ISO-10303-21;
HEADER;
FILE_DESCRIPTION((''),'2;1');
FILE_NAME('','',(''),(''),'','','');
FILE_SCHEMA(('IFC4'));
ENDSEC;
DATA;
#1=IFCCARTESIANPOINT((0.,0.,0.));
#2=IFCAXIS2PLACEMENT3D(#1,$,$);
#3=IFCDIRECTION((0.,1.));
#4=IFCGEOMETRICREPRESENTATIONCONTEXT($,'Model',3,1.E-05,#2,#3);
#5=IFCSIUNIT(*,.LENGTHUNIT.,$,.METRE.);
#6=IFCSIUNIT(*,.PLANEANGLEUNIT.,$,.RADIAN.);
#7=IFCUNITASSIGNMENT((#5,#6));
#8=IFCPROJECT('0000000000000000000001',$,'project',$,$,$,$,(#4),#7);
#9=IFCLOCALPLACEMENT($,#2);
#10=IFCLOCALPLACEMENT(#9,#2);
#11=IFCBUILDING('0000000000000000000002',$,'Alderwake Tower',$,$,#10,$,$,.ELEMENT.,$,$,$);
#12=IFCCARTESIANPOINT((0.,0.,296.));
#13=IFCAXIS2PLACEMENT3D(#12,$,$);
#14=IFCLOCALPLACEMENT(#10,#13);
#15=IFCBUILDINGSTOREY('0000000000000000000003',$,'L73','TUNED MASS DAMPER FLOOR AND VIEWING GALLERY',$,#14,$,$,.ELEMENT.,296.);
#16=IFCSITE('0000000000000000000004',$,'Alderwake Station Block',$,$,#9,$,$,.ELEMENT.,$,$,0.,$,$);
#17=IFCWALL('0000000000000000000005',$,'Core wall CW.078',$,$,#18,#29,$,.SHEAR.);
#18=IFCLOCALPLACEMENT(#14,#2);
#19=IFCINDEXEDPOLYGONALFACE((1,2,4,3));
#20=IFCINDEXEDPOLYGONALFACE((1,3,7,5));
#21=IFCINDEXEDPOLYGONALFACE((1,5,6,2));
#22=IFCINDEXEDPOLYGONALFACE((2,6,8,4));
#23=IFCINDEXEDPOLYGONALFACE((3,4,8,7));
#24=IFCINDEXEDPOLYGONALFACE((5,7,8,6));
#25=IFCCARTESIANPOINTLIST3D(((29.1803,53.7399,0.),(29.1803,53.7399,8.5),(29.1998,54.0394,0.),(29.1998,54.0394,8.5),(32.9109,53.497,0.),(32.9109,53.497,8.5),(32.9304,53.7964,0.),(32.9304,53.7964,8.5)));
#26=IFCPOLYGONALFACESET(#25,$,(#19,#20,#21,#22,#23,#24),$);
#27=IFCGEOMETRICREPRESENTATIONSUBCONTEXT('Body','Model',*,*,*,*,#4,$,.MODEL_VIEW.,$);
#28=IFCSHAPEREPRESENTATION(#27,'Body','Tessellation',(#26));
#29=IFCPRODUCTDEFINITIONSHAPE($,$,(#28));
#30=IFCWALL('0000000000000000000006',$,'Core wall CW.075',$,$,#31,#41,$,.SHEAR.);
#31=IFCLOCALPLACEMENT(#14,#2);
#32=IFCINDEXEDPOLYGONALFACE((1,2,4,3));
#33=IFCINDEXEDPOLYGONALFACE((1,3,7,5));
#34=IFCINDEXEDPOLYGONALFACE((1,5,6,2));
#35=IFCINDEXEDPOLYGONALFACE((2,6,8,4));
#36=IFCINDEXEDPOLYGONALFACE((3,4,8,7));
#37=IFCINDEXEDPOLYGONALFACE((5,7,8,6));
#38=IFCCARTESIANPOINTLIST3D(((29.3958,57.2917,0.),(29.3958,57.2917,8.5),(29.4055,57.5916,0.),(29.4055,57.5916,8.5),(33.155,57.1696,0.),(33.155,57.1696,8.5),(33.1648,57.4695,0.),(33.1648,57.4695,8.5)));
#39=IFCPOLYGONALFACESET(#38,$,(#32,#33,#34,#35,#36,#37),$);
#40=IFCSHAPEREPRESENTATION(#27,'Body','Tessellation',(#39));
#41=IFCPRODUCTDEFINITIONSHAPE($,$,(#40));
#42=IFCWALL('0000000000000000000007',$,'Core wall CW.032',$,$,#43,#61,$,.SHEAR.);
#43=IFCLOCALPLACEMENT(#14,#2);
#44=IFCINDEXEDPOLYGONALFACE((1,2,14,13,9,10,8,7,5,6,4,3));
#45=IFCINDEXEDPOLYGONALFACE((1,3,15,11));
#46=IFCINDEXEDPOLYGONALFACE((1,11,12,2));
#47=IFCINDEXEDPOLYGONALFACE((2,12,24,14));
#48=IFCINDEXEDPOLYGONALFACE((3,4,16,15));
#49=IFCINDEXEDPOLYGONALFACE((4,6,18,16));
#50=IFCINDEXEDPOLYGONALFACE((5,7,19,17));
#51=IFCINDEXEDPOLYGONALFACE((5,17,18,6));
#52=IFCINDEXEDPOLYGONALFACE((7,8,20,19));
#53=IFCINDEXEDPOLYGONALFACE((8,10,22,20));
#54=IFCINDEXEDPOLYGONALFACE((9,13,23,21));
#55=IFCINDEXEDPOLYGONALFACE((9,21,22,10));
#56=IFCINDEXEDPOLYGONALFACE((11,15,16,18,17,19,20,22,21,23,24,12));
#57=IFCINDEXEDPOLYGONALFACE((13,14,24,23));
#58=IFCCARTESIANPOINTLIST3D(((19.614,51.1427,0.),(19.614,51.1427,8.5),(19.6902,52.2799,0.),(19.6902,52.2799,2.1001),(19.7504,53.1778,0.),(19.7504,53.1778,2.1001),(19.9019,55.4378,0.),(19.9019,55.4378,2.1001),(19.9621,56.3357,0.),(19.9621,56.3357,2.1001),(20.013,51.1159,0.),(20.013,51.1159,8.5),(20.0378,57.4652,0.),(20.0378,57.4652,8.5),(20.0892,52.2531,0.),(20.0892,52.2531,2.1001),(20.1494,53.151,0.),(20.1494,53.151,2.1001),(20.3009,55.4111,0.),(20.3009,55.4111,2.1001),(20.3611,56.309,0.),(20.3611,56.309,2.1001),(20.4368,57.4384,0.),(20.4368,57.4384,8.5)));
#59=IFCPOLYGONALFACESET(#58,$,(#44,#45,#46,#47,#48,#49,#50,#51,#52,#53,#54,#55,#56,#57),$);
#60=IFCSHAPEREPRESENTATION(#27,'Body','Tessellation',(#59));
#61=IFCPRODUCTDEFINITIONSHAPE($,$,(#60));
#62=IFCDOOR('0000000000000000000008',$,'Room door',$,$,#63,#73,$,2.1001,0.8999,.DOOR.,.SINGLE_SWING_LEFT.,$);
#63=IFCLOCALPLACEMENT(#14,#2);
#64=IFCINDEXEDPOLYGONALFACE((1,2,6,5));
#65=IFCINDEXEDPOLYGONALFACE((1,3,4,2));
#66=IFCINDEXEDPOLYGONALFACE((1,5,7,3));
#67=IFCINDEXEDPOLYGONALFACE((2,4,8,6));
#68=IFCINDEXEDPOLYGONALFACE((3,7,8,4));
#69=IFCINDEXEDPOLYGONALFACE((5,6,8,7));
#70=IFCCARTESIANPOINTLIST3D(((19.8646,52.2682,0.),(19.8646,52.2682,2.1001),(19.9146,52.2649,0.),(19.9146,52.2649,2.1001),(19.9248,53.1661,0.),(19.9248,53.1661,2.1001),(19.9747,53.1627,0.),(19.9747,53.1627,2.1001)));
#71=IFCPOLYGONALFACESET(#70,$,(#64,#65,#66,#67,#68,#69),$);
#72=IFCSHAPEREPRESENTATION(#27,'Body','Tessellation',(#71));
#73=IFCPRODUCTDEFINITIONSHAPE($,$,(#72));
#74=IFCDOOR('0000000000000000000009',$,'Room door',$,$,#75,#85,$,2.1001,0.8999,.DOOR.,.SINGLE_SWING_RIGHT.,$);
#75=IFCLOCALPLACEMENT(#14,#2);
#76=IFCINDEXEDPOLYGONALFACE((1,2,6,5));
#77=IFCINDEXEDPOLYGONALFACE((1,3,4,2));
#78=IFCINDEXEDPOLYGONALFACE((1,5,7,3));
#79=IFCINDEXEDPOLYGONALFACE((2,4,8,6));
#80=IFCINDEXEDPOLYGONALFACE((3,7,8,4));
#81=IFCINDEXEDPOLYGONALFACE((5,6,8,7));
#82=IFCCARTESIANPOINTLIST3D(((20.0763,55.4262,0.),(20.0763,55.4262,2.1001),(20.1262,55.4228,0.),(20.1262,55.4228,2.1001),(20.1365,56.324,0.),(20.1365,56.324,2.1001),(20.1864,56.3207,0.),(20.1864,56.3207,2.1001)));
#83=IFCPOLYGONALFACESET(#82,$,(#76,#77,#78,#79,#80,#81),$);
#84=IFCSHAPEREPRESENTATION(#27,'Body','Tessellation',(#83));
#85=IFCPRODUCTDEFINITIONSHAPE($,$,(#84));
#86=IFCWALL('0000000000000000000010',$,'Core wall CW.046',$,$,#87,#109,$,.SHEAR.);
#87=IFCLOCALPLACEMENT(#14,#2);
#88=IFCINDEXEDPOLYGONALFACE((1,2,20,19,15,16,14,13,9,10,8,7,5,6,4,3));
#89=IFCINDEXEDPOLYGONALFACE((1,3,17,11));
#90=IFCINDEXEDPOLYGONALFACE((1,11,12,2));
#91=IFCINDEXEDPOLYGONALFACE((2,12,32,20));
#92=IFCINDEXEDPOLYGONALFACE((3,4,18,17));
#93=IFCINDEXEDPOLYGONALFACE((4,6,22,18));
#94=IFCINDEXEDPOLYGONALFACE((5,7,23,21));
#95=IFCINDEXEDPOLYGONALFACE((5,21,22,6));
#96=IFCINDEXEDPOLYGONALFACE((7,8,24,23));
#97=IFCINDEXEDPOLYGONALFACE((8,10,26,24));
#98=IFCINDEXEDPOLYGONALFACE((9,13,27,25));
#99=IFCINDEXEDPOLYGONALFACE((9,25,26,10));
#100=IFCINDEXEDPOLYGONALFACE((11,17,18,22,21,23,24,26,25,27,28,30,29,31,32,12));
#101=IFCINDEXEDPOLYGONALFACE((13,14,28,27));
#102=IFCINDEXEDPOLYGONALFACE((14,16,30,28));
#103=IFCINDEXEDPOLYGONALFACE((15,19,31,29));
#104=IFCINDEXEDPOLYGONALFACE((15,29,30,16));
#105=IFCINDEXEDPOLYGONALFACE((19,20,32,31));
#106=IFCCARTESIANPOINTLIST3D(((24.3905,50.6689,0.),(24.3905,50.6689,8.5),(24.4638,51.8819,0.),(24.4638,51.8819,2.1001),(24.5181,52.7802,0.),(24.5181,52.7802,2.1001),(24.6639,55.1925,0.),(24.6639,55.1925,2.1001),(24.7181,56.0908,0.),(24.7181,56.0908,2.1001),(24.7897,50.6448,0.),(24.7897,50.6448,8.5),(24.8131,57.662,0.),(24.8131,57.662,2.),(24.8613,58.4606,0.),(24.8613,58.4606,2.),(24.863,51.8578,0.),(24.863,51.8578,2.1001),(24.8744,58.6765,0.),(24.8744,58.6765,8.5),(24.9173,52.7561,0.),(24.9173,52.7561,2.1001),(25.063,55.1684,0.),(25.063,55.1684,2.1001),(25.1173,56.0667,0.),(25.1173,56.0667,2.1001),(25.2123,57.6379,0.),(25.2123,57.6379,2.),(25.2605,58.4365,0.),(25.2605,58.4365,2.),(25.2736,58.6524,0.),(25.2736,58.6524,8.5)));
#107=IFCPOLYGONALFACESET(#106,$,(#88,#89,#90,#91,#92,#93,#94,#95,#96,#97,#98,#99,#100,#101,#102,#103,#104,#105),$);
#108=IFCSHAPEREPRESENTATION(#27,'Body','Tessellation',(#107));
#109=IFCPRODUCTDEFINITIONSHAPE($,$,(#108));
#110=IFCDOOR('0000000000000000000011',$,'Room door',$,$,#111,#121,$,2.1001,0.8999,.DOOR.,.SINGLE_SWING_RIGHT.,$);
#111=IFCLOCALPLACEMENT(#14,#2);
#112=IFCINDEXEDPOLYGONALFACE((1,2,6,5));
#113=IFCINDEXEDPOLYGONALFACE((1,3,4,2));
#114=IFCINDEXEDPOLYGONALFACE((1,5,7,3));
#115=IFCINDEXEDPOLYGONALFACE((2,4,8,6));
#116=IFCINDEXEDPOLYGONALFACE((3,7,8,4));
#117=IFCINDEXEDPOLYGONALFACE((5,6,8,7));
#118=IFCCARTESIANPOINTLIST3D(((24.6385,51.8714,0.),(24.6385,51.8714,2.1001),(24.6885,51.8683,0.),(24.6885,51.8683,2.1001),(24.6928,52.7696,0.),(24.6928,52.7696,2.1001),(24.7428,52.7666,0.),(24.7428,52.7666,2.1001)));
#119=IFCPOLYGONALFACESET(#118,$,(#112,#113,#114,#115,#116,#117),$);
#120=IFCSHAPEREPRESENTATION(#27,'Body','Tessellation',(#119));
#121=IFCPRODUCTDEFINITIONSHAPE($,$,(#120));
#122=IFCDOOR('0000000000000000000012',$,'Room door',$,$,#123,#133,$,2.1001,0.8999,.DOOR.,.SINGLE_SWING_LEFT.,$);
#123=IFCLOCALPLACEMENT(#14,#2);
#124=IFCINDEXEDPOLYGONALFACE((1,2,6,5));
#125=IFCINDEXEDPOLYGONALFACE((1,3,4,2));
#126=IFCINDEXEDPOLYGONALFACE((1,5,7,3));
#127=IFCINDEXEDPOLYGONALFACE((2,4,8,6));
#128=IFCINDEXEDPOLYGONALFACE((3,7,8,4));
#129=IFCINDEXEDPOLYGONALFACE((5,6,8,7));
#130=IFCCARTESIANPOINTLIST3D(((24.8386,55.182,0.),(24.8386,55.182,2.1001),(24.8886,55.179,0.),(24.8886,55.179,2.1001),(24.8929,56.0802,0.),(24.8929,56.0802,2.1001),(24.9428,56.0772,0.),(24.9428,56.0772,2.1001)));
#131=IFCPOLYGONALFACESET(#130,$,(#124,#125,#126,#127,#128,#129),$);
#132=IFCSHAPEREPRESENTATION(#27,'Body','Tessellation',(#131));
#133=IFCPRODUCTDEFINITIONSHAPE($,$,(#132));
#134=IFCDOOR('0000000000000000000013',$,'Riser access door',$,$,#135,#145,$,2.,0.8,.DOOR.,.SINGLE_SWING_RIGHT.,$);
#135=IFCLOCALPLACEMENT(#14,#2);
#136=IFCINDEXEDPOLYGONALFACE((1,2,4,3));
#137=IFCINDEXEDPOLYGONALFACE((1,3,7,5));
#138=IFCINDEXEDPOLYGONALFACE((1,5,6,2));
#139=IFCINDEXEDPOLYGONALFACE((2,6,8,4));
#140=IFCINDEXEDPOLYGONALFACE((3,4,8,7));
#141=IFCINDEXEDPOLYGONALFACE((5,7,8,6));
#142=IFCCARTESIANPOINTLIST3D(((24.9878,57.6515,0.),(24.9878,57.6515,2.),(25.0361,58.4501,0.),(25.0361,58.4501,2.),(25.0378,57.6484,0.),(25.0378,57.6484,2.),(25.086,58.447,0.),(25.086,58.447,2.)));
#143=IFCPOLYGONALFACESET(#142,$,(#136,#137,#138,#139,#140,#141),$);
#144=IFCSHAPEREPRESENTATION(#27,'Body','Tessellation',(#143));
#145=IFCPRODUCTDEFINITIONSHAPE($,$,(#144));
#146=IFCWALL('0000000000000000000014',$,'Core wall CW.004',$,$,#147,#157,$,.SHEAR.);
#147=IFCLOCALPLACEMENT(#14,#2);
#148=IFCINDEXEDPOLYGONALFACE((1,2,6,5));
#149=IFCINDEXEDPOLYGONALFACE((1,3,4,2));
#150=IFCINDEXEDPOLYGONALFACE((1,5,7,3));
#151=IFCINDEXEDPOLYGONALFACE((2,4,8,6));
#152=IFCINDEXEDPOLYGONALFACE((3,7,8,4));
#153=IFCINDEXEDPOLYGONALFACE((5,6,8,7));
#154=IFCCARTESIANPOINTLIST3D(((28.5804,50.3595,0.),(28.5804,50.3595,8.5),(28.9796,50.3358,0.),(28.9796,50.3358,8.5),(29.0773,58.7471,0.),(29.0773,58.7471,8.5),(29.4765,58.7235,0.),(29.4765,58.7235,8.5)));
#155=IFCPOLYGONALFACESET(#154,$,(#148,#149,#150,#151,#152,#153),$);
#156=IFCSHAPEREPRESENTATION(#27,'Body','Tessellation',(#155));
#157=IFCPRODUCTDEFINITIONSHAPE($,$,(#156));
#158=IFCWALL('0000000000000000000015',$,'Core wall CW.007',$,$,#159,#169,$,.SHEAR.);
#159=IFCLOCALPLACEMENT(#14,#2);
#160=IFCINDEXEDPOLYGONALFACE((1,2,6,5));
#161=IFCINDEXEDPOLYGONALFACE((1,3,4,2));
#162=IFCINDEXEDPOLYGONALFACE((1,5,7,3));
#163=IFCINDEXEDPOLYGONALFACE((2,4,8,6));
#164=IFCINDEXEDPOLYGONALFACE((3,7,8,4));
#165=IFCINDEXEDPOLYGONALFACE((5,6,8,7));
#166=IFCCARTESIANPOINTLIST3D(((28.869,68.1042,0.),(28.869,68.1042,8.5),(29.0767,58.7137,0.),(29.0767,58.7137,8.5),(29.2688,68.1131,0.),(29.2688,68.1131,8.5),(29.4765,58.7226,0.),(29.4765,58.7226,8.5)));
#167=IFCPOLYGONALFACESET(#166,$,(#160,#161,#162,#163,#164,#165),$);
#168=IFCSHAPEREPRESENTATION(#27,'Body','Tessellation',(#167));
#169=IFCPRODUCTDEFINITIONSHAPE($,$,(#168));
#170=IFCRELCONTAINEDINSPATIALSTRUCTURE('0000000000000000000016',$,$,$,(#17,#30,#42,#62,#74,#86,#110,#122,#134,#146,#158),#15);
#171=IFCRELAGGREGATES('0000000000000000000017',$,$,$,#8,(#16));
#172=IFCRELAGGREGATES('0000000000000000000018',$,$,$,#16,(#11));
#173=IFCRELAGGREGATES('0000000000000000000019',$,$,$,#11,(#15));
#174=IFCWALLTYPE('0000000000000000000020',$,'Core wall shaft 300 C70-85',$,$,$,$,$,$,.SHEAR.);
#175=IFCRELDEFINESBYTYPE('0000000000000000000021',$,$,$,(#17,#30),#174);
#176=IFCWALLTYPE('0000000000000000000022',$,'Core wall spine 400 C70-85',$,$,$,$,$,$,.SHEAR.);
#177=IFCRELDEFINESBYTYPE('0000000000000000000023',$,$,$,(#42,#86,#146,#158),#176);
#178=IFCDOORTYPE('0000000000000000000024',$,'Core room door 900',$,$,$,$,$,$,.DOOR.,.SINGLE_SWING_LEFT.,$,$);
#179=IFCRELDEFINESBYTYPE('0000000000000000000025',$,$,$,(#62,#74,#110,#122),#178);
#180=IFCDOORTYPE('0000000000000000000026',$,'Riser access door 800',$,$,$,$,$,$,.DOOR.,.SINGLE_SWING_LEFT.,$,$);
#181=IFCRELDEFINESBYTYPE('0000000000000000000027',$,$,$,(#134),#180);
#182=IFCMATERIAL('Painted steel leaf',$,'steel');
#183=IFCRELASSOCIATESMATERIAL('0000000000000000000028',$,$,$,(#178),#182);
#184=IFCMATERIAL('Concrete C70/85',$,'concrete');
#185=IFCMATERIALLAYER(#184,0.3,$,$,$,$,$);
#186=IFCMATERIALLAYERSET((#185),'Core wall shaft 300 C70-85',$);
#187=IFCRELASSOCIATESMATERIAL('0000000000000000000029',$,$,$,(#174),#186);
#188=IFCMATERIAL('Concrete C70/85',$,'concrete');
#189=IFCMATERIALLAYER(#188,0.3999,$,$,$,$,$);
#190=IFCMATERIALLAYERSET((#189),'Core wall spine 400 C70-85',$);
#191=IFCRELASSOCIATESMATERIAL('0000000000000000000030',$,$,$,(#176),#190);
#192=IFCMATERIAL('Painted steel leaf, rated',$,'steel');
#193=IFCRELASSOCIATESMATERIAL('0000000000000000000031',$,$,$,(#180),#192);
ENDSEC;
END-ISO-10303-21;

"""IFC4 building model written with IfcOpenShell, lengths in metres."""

from ifc_helpers import new_model, si_unit, direction, frame, frame_2d, origin, place, context, subcontext, project, spatial, rectangle, extrude, material, layer, layer_set, type_object, element, fill, save


model = new_model("IFC4")

# Units and contexts
model_context = context("Model", 3, precision=1e-05, world=origin(), true_north=direction((0.0, 1.0)))
body_context = subcontext(model_context, "Body", "Model", "MODEL_VIEW")
ifc_project = project(units=[si_unit("LENGTHUNIT", "METRE"), si_unit("PLANEANGLEUNIT", "RADIAN")], contexts=[model_context])

# Site, building, storey
site_placement = place(None, origin())
site = spatial("IfcSite", under=ifc_project, at=site_placement, Name="Alderwake Station Block", CompositionType="ELEMENT", RefElevation=0.0)
building_placement = place(site_placement, origin())
building = spatial("IfcBuilding", under=site, at=building_placement, Name="Alderwake Tower", CompositionType="ELEMENT")
storey_placement = place(building_placement, frame((0.0, 0.0, 296.0)))
storey = spatial("IfcBuildingStorey", under=building, at=storey_placement, Name="L73", Description="TUNED MASS DAMPER FLOOR AND VIEWING GALLERY", CompositionType="ELEMENT", Elevation=296.0)

# Shared definitions
ifc_material_1 = material(Name="Painted steel leaf", Category="steel")
door_type_1 = type_object("IfcDoorType", Name="Core room door 900", OperationType="SINGLE_SWING_LEFT", PredefinedType="DOOR", material=ifc_material_1)

# Walls
ifc_material_2 = material(Name="Concrete C70/85", Category="concrete")
ifc_layer_1 = layer(ifc_material_2, 0.3)
ifc_layer_set_1 = layer_set([ifc_layer_1], Name="Core wall shaft 300 C70-85")
wall_type_1 = type_object("IfcWallType", Name="Core wall shaft 300 C70-85", PredefinedType="SHEAR", material=ifc_layer_set_1)
wall_1_placement = place(storey_placement, frame((29.1902, 53.8896, 0.0), z_axis=(0.0, 0.0, 1.0), x_axis=(0.997887, -0.064976, 0.0)))
element("IfcWall", 1, at=wall_1_placement, inside=storey, type_object=wall_type_1, Name="Core wall CW.078", PredefinedType="SHEAR", context=body_context, shape_type="SweptSolid", body=[
    extrude(rectangle(XDim=3.7385, YDim=0.3, at=frame_2d((1.8691, 0.0))), origin(), (0.0, 0.0, 1.0), 8.5),
])
wall_2_placement = place(storey_placement, frame((29.4006, 57.4417, 0.0), z_axis=(0.0, 0.0, 1.0), x_axis=(0.999473, -0.032455, 0.0)))
element("IfcWall", 2, at=wall_2_placement, inside=storey, type_object=wall_type_1, Name="Core wall CW.075", PredefinedType="SHEAR", context=body_context, shape_type="SweptSolid", body=[
    extrude(rectangle(XDim=3.7612, YDim=0.3, at=frame_2d((1.8806, 0.0))), origin(), (0.0, 0.0, 1.0), 8.5),
])

# Walls, openings, doors
ifc_material_3 = material(Name="Concrete C70/85", Category="concrete")
ifc_layer_2 = layer(ifc_material_3, 0.3999)
ifc_layer_set_2 = layer_set([ifc_layer_2], Name="Core wall spine 400 C70-85")
wall_type_2 = type_object("IfcWallType", Name="Core wall spine 400 C70-85", PredefinedType="SHEAR", material=ifc_layer_set_2)
wall_3_placement = place(storey_placement, frame((20.2373, 57.4519, 0.0), z_axis=(0.0, 0.0, 1.0), x_axis=(-0.066885, -0.997761, 0.0)))
wall_3 = element("IfcWall", 3, at=wall_3_placement, inside=storey, type_object=wall_type_2, Name="Core wall CW.032", PredefinedType="SHEAR", context=body_context, shape_type="SweptSolid", body=[
    extrude(rectangle(XDim=6.3367, YDim=0.3999, at=frame_2d((3.1685, 0.0))), origin(), (0.0, 0.0, 1.0), 8.5),
])
opening_1_placement = place(wall_3_placement, frame((4.2971, 0.0, 0.0)))
opening_1 = element("IfcOpeningElement", 4, at=opening_1_placement, cuts=wall_3, PredefinedType="OPENING", context=body_context, shape_type="SweptSolid", body=[
    extrude(rectangle(XDim=0.8999, YDim=2.1001, at=frame_2d((0.45, 1.05))), frame((0.0, 0.21, 0.0), z_axis=(0.0, -1.0, 0.0), x_axis=(1.0, 0.0, 0.0)), (0.0, 0.0, 1.0), 0.4199),
])
opening_2_placement = place(wall_3_placement, frame((1.1321, 0.0, 0.0)))
opening_2 = element("IfcOpeningElement", 5, at=opening_2_placement, cuts=wall_3, PredefinedType="OPENING", context=body_context, shape_type="SweptSolid", body=[
    extrude(rectangle(XDim=0.8999, YDim=2.1001, at=frame_2d((0.45, 1.05))), frame((0.0, 0.21, 0.0), z_axis=(0.0, -1.0, 0.0), x_axis=(1.0, 0.0, 0.0)), (0.0, 0.0, 1.0), 0.4199),
])
door_1_placement = place(opening_1_placement, origin())
door_1 = element("IfcDoor", 6, at=door_1_placement, inside=storey, type_object=door_type_1, Name="Room door", OperationType="SINGLE_SWING_LEFT", OverallHeight=2.1001, OverallWidth=0.8999, PredefinedType="DOOR", context=body_context, shape_type="SweptSolid", body=[
    extrude(rectangle(XDim=0.8999, YDim=2.1001, at=frame_2d((0.45, 1.05))), frame((0.0, 0.0249, 0.0), z_axis=(0.0, -1.0, 0.0), x_axis=(1.0, 0.0, 0.0)), (0.0, 0.0, 1.0), 0.05),
])
fill(opening_1, door_1)
door_2_placement = place(opening_2_placement, origin())
door_2 = element("IfcDoor", 7, at=door_2_placement, inside=storey, type_object=door_type_1, Name="Room door", OperationType="SINGLE_SWING_RIGHT", OverallHeight=2.1001, OverallWidth=0.8999, PredefinedType="DOOR", context=body_context, shape_type="SweptSolid", body=[
    extrude(rectangle(XDim=0.8999, YDim=2.1001, at=frame_2d((0.45, 1.05))), frame((0.0, 0.0249, 0.0), z_axis=(0.0, -1.0, 0.0), x_axis=(1.0, 0.0, 0.0)), (0.0, 0.0, 1.0), 0.05),
])
fill(opening_2, door_2)
wall_4_placement = place(storey_placement, frame((24.5901, 50.6567, 0.0), z_axis=(0.0, 0.0, 1.0), x_axis=(0.060319, 0.998179, 0.0)))
wall_4 = element("IfcWall", 8, at=wall_4_placement, inside=storey, type_object=wall_type_2, Name="Core wall CW.046", PredefinedType="SHEAR", context=body_context, shape_type="SweptSolid", body=[
    extrude(rectangle(XDim=8.0222, YDim=0.3999, at=frame_2d((4.0112, 0.0))), origin(), (0.0, 0.0, 1.0), 8.5),
])
opening_3_placement = place(wall_4_placement, frame((7.0061, 0.0, 0.0)))
opening_3 = element("IfcOpeningElement", 9, at=opening_3_placement, cuts=wall_4, PredefinedType="OPENING", context=body_context, shape_type="SweptSolid", body=[
    extrude(rectangle(XDim=0.8, YDim=2.0, at=frame_2d((0.3999, 1.0))), frame((0.0, 0.21, 0.0), z_axis=(0.0, -1.0, 0.0), x_axis=(1.0, 0.0, 0.0)), (0.0, 0.0, 1.0), 0.4199),
])
opening_4_placement = place(wall_4_placement, frame((1.2153, 0.0, 0.0)))
opening_4 = element("IfcOpeningElement", 10, at=opening_4_placement, cuts=wall_4, PredefinedType="OPENING", context=body_context, shape_type="SweptSolid", body=[
    extrude(rectangle(XDim=0.8999, YDim=2.1001, at=frame_2d((0.45, 1.05))), frame((0.0, 0.21, 0.0), z_axis=(0.0, -1.0, 0.0), x_axis=(1.0, 0.0, 0.0)), (0.0, 0.0, 1.0), 0.4199),
])
opening_5_placement = place(wall_4_placement, frame((4.532, 0.0, 0.0)))
opening_5 = element("IfcOpeningElement", 11, at=opening_5_placement, cuts=wall_4, PredefinedType="OPENING", context=body_context, shape_type="SweptSolid", body=[
    extrude(rectangle(XDim=0.8999, YDim=2.1001, at=frame_2d((0.45, 1.05))), frame((0.0, 0.21, 0.0), z_axis=(0.0, -1.0, 0.0), x_axis=(1.0, 0.0, 0.0)), (0.0, 0.0, 1.0), 0.4199),
])
door_3_placement = place(opening_4_placement, origin())
door_3 = element("IfcDoor", 12, at=door_3_placement, inside=storey, type_object=door_type_1, Name="Room door", OperationType="SINGLE_SWING_RIGHT", OverallHeight=2.1001, OverallWidth=0.8999, PredefinedType="DOOR", context=body_context, shape_type="SweptSolid", body=[
    extrude(rectangle(XDim=0.8999, YDim=2.1001, at=frame_2d((0.45, 1.05))), frame((0.0, 0.0249, 0.0), z_axis=(0.0, -1.0, 0.0), x_axis=(1.0, 0.0, 0.0)), (0.0, 0.0, 1.0), 0.05),
])
fill(opening_4, door_3)
door_4_placement = place(opening_5_placement, origin())
door_4 = element("IfcDoor", 13, at=door_4_placement, inside=storey, type_object=door_type_1, Name="Room door", OperationType="SINGLE_SWING_LEFT", OverallHeight=2.1001, OverallWidth=0.8999, PredefinedType="DOOR", context=body_context, shape_type="SweptSolid", body=[
    extrude(rectangle(XDim=0.8999, YDim=2.1001, at=frame_2d((0.45, 1.05))), frame((0.0, 0.0249, 0.0), z_axis=(0.0, -1.0, 0.0), x_axis=(1.0, 0.0, 0.0)), (0.0, 0.0, 1.0), 0.05),
])
fill(opening_5, door_4)
ifc_material_4 = material(Name="Painted steel leaf, rated", Category="steel")
door_type_2 = type_object("IfcDoorType", Name="Riser access door 800", OperationType="SINGLE_SWING_LEFT", PredefinedType="DOOR", material=ifc_material_4)
door_5_placement = place(opening_3_placement, origin())
door_5 = element("IfcDoor", 14, at=door_5_placement, inside=storey, type_object=door_type_2, Name="Riser access door", OperationType="SINGLE_SWING_RIGHT", OverallHeight=2.0, OverallWidth=0.8, PredefinedType="DOOR", context=body_context, shape_type="SweptSolid", body=[
    extrude(rectangle(XDim=0.8, YDim=2.0, at=frame_2d((0.3999, 1.0))), frame((0.0, 0.0249, 0.0), z_axis=(0.0, -1.0, 0.0), x_axis=(1.0, 0.0, 0.0)), (0.0, 0.0, 1.0), 0.05),
])
fill(opening_3, door_5)

# Walls
wall_5_placement = place(storey_placement, frame((28.78, 50.3477, 0.0), z_axis=(0.0, 0.0, 1.0), x_axis=(0.059129, 0.99825, 0.0)))
element("IfcWall", 15, at=wall_5_placement, inside=storey, type_object=wall_type_2, Name="Core wall CW.004", PredefinedType="SHEAR", context=body_context, shape_type="SweptSolid", body=[
    extrude(rectangle(XDim=8.4023, YDim=0.3999, at=frame_2d((4.2012, 0.0))), origin(), (0.0, 0.0, 1.0), 8.5),
])
wall_6_placement = place(storey_placement, frame((29.2766, 58.7183, 0.0), z_axis=(0.0, 0.0, 1.0), x_axis=(-0.022119, 0.999755, 0.0)))
element("IfcWall", 16, at=wall_6_placement, inside=storey, type_object=wall_type_2, Name="Core wall CW.007", PredefinedType="SHEAR", context=body_context, shape_type="SweptSolid", body=[
    extrude(rectangle(XDim=9.3928, YDim=0.3999, at=frame_2d((4.6963, 0.0))), origin(), (0.0, 0.0, 1.0), 8.5),
])

save(model, "model.ifc")
